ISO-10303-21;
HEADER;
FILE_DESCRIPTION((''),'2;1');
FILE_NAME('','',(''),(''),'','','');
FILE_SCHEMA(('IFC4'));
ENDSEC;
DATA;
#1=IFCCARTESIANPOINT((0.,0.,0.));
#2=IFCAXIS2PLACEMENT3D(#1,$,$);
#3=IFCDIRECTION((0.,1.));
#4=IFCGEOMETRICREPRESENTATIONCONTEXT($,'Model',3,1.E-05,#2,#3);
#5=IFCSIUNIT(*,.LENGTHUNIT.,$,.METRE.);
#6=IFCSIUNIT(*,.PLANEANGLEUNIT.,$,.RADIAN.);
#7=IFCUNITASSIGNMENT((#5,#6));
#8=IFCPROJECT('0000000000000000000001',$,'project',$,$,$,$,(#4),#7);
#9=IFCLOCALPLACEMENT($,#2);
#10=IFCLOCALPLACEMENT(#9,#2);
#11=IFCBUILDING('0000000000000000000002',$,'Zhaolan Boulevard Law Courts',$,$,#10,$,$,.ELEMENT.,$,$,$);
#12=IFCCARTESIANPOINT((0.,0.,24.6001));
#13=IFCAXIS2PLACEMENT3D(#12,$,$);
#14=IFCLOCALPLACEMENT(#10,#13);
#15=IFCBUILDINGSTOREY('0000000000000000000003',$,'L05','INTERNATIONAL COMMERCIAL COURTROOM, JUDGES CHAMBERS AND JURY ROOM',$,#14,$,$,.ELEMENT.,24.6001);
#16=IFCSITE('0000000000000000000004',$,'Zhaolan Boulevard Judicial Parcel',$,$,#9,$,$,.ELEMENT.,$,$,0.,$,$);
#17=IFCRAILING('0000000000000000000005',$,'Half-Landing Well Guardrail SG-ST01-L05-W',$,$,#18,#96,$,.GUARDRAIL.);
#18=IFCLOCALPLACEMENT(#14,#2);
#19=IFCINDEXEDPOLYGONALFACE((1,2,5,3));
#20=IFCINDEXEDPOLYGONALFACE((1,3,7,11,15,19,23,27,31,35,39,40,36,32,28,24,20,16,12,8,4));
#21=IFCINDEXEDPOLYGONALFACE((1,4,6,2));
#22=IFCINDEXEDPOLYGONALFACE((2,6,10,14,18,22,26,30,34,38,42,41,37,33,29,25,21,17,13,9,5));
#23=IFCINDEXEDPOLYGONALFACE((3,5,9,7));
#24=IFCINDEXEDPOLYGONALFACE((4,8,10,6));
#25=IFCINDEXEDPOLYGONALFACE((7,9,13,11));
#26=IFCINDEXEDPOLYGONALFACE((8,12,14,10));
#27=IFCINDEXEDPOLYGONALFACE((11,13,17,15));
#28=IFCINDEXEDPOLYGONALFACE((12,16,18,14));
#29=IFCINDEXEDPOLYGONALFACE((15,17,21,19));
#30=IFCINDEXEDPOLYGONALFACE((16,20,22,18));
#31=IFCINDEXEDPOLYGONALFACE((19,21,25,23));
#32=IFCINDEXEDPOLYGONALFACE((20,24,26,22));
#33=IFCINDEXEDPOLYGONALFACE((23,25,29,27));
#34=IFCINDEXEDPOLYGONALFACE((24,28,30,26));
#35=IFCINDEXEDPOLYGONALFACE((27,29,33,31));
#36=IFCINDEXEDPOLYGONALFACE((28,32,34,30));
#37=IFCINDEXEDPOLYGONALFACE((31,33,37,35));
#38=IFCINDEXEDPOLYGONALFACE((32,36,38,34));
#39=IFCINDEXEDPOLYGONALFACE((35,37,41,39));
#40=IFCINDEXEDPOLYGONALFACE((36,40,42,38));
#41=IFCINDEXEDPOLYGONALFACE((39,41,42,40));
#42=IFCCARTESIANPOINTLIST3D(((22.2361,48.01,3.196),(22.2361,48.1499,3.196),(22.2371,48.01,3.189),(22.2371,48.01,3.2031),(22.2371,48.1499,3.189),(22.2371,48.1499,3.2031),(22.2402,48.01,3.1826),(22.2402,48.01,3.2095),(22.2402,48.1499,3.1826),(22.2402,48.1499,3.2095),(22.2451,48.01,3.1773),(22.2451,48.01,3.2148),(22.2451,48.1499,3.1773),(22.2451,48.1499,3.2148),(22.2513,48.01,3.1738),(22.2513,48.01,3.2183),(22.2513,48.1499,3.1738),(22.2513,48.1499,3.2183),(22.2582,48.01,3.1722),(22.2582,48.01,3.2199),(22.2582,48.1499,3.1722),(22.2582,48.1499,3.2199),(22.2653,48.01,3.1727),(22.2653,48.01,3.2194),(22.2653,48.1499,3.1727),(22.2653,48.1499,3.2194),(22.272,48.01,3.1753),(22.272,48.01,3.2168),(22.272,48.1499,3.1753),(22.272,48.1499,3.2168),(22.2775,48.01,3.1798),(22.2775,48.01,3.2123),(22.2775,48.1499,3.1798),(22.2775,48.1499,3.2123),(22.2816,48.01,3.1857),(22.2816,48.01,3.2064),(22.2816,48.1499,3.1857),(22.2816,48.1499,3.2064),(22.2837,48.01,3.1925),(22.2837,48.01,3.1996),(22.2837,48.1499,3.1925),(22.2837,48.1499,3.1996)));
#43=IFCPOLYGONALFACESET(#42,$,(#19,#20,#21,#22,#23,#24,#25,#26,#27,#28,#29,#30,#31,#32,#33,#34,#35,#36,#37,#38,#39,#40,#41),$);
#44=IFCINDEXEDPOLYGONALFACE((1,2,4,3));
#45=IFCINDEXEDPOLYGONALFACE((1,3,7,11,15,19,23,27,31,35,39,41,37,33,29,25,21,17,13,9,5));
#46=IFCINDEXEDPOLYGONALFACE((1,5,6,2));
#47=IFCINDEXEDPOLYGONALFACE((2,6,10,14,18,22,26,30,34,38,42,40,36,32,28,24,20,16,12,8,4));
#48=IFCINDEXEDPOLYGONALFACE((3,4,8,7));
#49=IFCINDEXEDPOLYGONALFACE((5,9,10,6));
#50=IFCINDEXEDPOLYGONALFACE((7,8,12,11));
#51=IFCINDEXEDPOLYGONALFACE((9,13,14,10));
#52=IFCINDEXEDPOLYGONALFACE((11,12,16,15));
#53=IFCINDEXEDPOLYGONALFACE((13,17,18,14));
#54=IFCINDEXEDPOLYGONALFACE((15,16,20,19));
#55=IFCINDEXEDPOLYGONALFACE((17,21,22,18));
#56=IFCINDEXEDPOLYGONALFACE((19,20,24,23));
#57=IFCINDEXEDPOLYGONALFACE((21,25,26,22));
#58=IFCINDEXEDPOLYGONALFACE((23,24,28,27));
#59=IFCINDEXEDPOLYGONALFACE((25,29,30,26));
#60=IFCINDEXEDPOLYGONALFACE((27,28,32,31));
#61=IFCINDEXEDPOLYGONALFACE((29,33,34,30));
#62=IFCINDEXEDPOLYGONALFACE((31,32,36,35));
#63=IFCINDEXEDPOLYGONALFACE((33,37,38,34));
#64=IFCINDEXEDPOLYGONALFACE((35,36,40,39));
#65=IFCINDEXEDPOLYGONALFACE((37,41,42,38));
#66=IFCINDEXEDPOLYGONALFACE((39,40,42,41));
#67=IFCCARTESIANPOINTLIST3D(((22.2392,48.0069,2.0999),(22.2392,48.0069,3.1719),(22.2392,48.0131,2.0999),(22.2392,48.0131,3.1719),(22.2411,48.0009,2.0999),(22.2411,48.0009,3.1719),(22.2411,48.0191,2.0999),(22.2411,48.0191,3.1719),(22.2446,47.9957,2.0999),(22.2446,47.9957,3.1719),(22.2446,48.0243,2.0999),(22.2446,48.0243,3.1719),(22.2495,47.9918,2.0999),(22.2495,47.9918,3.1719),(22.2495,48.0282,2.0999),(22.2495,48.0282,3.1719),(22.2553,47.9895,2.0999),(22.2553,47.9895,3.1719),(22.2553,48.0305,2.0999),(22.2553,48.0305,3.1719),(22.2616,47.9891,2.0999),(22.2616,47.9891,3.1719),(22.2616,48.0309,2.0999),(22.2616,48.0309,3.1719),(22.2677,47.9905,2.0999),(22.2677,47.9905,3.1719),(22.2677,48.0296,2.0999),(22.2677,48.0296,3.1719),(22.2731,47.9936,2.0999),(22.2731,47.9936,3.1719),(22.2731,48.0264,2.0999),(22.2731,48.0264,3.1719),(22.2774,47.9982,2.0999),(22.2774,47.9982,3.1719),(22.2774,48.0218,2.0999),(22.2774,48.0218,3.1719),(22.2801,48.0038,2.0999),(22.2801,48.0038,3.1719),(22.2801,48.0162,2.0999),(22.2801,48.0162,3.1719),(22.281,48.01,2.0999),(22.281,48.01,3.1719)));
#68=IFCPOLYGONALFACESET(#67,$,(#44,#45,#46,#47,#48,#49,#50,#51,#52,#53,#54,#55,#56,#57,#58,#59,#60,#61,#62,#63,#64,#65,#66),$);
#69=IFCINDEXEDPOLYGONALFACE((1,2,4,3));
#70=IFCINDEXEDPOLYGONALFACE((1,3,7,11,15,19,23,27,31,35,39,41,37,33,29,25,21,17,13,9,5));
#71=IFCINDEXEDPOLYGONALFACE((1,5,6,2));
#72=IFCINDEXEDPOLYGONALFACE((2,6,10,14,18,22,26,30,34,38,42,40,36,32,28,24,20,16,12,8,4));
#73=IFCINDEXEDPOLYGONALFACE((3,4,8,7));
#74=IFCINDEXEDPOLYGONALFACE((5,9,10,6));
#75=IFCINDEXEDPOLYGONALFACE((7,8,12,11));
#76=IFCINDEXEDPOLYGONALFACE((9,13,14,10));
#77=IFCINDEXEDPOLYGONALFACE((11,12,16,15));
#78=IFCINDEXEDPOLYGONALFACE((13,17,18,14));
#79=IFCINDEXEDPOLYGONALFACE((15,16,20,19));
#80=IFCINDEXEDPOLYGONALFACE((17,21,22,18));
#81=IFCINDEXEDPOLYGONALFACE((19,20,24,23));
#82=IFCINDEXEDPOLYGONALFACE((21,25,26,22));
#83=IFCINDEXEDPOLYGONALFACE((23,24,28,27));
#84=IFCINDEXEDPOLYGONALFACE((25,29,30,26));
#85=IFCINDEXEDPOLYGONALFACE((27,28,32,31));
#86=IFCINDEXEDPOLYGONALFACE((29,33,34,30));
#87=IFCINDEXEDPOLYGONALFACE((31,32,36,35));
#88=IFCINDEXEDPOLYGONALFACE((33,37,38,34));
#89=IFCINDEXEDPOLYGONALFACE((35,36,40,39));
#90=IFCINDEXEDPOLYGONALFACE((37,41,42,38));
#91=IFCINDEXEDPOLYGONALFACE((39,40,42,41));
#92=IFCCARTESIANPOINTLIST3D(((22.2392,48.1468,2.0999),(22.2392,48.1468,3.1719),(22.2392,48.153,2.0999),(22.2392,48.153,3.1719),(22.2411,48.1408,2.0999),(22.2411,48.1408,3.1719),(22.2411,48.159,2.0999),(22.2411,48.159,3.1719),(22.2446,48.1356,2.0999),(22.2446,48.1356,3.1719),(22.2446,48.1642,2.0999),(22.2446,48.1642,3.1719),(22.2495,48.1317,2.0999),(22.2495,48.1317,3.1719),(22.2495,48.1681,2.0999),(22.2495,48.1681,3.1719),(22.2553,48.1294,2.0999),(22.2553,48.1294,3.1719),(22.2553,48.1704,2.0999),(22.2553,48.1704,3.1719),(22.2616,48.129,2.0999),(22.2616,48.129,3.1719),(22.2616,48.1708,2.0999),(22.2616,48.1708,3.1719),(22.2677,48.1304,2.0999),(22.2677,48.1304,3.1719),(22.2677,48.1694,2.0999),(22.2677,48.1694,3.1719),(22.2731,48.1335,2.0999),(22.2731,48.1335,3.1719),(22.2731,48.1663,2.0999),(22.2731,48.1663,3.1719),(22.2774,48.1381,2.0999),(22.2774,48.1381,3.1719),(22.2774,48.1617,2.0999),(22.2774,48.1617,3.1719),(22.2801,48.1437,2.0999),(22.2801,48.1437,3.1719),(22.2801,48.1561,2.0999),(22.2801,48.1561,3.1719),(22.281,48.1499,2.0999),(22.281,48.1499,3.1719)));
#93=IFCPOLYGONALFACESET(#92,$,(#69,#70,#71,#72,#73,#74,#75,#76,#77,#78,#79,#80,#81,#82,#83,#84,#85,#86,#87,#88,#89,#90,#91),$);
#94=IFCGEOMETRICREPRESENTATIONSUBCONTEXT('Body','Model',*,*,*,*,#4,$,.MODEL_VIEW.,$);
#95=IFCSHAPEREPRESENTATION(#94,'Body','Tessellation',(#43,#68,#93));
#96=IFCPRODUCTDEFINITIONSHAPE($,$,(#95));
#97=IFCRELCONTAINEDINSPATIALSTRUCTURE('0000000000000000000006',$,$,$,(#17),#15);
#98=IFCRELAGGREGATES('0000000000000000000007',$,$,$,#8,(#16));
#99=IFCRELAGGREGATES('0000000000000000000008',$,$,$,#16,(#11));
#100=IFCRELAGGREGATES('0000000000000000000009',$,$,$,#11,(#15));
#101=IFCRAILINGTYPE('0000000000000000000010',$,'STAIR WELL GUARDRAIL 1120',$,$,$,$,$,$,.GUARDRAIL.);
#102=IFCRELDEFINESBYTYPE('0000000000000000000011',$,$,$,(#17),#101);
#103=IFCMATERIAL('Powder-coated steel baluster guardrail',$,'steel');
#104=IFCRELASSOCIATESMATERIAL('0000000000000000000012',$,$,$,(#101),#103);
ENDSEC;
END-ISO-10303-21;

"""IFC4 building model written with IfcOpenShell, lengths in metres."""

from ifc_helpers import new_model, si_unit, direction, frame, origin, origin_2d, place, context, subcontext, project, spatial, circle, extrude, material, type_object, element, save


model = new_model("IFC4")

# Units and contexts
model_context = context("Model", 3, precision=1e-05, world=origin(), true_north=direction((0.0, 1.0)))
body_context = subcontext(model_context, "Body", "Model", "MODEL_VIEW")
ifc_project = project(units=[si_unit("LENGTHUNIT", "METRE"), si_unit("PLANEANGLEUNIT", "RADIAN")], contexts=[model_context])

# Site, building, storey
site_placement = place(None, origin())
site = spatial("IfcSite", under=ifc_project, at=site_placement, Name="Zhaolan Boulevard Judicial Parcel", CompositionType="ELEMENT", RefElevation=0.0)
building_placement = place(site_placement, origin())
building = spatial("IfcBuilding", under=site, at=building_placement, Name="Zhaolan Boulevard Law Courts", CompositionType="ELEMENT")
storey_placement = place(building_placement, frame((0.0, 0.0, 24.6001)))
storey = spatial("IfcBuildingStorey", under=building, at=storey_placement, Name="L05", Description="INTERNATIONAL COMMERCIAL COURTROOM, JUDGES CHAMBERS AND JURY ROOM", CompositionType="ELEMENT", Elevation=24.6001)

# Railing
ifc_material_1 = material(Name="Powder-coated steel baluster guardrail", Category="steel")
railing_type_1 = type_object("IfcRailingType", Name="STAIR WELL GUARDRAIL 1120", PredefinedType="GUARDRAIL", material=ifc_material_1)
railing_1_placement = place(storey_placement, frame((22.26, 48.01, 2.0999)))
element("IfcRailing", 1, at=railing_1_placement, inside=storey, type_object=railing_type_1, Name="Half-Landing Well Guardrail SG-ST01-L05-W", PredefinedType="GUARDRAIL", context=body_context, shape_type="SweptSolid", body=[
    extrude(circle(Radius=0.0239, at=origin_2d()), frame((0.0, 0.0, 1.0962), z_axis=(0.0, 1.0, 0.0), x_axis=(-1.0, 0.0, 0.0)), (0.0, 0.0, 1.0), 0.1399),
    extrude(circle(Radius=0.021, at=origin_2d()), origin(), (0.0, 0.0, 1.0), 1.072),
    extrude(circle(Radius=0.021, at=origin_2d()), frame((0.0, 0.1399, 0.0)), (0.0, 0.0, 1.0), 1.072),
])

save(model, "model.ifc")
